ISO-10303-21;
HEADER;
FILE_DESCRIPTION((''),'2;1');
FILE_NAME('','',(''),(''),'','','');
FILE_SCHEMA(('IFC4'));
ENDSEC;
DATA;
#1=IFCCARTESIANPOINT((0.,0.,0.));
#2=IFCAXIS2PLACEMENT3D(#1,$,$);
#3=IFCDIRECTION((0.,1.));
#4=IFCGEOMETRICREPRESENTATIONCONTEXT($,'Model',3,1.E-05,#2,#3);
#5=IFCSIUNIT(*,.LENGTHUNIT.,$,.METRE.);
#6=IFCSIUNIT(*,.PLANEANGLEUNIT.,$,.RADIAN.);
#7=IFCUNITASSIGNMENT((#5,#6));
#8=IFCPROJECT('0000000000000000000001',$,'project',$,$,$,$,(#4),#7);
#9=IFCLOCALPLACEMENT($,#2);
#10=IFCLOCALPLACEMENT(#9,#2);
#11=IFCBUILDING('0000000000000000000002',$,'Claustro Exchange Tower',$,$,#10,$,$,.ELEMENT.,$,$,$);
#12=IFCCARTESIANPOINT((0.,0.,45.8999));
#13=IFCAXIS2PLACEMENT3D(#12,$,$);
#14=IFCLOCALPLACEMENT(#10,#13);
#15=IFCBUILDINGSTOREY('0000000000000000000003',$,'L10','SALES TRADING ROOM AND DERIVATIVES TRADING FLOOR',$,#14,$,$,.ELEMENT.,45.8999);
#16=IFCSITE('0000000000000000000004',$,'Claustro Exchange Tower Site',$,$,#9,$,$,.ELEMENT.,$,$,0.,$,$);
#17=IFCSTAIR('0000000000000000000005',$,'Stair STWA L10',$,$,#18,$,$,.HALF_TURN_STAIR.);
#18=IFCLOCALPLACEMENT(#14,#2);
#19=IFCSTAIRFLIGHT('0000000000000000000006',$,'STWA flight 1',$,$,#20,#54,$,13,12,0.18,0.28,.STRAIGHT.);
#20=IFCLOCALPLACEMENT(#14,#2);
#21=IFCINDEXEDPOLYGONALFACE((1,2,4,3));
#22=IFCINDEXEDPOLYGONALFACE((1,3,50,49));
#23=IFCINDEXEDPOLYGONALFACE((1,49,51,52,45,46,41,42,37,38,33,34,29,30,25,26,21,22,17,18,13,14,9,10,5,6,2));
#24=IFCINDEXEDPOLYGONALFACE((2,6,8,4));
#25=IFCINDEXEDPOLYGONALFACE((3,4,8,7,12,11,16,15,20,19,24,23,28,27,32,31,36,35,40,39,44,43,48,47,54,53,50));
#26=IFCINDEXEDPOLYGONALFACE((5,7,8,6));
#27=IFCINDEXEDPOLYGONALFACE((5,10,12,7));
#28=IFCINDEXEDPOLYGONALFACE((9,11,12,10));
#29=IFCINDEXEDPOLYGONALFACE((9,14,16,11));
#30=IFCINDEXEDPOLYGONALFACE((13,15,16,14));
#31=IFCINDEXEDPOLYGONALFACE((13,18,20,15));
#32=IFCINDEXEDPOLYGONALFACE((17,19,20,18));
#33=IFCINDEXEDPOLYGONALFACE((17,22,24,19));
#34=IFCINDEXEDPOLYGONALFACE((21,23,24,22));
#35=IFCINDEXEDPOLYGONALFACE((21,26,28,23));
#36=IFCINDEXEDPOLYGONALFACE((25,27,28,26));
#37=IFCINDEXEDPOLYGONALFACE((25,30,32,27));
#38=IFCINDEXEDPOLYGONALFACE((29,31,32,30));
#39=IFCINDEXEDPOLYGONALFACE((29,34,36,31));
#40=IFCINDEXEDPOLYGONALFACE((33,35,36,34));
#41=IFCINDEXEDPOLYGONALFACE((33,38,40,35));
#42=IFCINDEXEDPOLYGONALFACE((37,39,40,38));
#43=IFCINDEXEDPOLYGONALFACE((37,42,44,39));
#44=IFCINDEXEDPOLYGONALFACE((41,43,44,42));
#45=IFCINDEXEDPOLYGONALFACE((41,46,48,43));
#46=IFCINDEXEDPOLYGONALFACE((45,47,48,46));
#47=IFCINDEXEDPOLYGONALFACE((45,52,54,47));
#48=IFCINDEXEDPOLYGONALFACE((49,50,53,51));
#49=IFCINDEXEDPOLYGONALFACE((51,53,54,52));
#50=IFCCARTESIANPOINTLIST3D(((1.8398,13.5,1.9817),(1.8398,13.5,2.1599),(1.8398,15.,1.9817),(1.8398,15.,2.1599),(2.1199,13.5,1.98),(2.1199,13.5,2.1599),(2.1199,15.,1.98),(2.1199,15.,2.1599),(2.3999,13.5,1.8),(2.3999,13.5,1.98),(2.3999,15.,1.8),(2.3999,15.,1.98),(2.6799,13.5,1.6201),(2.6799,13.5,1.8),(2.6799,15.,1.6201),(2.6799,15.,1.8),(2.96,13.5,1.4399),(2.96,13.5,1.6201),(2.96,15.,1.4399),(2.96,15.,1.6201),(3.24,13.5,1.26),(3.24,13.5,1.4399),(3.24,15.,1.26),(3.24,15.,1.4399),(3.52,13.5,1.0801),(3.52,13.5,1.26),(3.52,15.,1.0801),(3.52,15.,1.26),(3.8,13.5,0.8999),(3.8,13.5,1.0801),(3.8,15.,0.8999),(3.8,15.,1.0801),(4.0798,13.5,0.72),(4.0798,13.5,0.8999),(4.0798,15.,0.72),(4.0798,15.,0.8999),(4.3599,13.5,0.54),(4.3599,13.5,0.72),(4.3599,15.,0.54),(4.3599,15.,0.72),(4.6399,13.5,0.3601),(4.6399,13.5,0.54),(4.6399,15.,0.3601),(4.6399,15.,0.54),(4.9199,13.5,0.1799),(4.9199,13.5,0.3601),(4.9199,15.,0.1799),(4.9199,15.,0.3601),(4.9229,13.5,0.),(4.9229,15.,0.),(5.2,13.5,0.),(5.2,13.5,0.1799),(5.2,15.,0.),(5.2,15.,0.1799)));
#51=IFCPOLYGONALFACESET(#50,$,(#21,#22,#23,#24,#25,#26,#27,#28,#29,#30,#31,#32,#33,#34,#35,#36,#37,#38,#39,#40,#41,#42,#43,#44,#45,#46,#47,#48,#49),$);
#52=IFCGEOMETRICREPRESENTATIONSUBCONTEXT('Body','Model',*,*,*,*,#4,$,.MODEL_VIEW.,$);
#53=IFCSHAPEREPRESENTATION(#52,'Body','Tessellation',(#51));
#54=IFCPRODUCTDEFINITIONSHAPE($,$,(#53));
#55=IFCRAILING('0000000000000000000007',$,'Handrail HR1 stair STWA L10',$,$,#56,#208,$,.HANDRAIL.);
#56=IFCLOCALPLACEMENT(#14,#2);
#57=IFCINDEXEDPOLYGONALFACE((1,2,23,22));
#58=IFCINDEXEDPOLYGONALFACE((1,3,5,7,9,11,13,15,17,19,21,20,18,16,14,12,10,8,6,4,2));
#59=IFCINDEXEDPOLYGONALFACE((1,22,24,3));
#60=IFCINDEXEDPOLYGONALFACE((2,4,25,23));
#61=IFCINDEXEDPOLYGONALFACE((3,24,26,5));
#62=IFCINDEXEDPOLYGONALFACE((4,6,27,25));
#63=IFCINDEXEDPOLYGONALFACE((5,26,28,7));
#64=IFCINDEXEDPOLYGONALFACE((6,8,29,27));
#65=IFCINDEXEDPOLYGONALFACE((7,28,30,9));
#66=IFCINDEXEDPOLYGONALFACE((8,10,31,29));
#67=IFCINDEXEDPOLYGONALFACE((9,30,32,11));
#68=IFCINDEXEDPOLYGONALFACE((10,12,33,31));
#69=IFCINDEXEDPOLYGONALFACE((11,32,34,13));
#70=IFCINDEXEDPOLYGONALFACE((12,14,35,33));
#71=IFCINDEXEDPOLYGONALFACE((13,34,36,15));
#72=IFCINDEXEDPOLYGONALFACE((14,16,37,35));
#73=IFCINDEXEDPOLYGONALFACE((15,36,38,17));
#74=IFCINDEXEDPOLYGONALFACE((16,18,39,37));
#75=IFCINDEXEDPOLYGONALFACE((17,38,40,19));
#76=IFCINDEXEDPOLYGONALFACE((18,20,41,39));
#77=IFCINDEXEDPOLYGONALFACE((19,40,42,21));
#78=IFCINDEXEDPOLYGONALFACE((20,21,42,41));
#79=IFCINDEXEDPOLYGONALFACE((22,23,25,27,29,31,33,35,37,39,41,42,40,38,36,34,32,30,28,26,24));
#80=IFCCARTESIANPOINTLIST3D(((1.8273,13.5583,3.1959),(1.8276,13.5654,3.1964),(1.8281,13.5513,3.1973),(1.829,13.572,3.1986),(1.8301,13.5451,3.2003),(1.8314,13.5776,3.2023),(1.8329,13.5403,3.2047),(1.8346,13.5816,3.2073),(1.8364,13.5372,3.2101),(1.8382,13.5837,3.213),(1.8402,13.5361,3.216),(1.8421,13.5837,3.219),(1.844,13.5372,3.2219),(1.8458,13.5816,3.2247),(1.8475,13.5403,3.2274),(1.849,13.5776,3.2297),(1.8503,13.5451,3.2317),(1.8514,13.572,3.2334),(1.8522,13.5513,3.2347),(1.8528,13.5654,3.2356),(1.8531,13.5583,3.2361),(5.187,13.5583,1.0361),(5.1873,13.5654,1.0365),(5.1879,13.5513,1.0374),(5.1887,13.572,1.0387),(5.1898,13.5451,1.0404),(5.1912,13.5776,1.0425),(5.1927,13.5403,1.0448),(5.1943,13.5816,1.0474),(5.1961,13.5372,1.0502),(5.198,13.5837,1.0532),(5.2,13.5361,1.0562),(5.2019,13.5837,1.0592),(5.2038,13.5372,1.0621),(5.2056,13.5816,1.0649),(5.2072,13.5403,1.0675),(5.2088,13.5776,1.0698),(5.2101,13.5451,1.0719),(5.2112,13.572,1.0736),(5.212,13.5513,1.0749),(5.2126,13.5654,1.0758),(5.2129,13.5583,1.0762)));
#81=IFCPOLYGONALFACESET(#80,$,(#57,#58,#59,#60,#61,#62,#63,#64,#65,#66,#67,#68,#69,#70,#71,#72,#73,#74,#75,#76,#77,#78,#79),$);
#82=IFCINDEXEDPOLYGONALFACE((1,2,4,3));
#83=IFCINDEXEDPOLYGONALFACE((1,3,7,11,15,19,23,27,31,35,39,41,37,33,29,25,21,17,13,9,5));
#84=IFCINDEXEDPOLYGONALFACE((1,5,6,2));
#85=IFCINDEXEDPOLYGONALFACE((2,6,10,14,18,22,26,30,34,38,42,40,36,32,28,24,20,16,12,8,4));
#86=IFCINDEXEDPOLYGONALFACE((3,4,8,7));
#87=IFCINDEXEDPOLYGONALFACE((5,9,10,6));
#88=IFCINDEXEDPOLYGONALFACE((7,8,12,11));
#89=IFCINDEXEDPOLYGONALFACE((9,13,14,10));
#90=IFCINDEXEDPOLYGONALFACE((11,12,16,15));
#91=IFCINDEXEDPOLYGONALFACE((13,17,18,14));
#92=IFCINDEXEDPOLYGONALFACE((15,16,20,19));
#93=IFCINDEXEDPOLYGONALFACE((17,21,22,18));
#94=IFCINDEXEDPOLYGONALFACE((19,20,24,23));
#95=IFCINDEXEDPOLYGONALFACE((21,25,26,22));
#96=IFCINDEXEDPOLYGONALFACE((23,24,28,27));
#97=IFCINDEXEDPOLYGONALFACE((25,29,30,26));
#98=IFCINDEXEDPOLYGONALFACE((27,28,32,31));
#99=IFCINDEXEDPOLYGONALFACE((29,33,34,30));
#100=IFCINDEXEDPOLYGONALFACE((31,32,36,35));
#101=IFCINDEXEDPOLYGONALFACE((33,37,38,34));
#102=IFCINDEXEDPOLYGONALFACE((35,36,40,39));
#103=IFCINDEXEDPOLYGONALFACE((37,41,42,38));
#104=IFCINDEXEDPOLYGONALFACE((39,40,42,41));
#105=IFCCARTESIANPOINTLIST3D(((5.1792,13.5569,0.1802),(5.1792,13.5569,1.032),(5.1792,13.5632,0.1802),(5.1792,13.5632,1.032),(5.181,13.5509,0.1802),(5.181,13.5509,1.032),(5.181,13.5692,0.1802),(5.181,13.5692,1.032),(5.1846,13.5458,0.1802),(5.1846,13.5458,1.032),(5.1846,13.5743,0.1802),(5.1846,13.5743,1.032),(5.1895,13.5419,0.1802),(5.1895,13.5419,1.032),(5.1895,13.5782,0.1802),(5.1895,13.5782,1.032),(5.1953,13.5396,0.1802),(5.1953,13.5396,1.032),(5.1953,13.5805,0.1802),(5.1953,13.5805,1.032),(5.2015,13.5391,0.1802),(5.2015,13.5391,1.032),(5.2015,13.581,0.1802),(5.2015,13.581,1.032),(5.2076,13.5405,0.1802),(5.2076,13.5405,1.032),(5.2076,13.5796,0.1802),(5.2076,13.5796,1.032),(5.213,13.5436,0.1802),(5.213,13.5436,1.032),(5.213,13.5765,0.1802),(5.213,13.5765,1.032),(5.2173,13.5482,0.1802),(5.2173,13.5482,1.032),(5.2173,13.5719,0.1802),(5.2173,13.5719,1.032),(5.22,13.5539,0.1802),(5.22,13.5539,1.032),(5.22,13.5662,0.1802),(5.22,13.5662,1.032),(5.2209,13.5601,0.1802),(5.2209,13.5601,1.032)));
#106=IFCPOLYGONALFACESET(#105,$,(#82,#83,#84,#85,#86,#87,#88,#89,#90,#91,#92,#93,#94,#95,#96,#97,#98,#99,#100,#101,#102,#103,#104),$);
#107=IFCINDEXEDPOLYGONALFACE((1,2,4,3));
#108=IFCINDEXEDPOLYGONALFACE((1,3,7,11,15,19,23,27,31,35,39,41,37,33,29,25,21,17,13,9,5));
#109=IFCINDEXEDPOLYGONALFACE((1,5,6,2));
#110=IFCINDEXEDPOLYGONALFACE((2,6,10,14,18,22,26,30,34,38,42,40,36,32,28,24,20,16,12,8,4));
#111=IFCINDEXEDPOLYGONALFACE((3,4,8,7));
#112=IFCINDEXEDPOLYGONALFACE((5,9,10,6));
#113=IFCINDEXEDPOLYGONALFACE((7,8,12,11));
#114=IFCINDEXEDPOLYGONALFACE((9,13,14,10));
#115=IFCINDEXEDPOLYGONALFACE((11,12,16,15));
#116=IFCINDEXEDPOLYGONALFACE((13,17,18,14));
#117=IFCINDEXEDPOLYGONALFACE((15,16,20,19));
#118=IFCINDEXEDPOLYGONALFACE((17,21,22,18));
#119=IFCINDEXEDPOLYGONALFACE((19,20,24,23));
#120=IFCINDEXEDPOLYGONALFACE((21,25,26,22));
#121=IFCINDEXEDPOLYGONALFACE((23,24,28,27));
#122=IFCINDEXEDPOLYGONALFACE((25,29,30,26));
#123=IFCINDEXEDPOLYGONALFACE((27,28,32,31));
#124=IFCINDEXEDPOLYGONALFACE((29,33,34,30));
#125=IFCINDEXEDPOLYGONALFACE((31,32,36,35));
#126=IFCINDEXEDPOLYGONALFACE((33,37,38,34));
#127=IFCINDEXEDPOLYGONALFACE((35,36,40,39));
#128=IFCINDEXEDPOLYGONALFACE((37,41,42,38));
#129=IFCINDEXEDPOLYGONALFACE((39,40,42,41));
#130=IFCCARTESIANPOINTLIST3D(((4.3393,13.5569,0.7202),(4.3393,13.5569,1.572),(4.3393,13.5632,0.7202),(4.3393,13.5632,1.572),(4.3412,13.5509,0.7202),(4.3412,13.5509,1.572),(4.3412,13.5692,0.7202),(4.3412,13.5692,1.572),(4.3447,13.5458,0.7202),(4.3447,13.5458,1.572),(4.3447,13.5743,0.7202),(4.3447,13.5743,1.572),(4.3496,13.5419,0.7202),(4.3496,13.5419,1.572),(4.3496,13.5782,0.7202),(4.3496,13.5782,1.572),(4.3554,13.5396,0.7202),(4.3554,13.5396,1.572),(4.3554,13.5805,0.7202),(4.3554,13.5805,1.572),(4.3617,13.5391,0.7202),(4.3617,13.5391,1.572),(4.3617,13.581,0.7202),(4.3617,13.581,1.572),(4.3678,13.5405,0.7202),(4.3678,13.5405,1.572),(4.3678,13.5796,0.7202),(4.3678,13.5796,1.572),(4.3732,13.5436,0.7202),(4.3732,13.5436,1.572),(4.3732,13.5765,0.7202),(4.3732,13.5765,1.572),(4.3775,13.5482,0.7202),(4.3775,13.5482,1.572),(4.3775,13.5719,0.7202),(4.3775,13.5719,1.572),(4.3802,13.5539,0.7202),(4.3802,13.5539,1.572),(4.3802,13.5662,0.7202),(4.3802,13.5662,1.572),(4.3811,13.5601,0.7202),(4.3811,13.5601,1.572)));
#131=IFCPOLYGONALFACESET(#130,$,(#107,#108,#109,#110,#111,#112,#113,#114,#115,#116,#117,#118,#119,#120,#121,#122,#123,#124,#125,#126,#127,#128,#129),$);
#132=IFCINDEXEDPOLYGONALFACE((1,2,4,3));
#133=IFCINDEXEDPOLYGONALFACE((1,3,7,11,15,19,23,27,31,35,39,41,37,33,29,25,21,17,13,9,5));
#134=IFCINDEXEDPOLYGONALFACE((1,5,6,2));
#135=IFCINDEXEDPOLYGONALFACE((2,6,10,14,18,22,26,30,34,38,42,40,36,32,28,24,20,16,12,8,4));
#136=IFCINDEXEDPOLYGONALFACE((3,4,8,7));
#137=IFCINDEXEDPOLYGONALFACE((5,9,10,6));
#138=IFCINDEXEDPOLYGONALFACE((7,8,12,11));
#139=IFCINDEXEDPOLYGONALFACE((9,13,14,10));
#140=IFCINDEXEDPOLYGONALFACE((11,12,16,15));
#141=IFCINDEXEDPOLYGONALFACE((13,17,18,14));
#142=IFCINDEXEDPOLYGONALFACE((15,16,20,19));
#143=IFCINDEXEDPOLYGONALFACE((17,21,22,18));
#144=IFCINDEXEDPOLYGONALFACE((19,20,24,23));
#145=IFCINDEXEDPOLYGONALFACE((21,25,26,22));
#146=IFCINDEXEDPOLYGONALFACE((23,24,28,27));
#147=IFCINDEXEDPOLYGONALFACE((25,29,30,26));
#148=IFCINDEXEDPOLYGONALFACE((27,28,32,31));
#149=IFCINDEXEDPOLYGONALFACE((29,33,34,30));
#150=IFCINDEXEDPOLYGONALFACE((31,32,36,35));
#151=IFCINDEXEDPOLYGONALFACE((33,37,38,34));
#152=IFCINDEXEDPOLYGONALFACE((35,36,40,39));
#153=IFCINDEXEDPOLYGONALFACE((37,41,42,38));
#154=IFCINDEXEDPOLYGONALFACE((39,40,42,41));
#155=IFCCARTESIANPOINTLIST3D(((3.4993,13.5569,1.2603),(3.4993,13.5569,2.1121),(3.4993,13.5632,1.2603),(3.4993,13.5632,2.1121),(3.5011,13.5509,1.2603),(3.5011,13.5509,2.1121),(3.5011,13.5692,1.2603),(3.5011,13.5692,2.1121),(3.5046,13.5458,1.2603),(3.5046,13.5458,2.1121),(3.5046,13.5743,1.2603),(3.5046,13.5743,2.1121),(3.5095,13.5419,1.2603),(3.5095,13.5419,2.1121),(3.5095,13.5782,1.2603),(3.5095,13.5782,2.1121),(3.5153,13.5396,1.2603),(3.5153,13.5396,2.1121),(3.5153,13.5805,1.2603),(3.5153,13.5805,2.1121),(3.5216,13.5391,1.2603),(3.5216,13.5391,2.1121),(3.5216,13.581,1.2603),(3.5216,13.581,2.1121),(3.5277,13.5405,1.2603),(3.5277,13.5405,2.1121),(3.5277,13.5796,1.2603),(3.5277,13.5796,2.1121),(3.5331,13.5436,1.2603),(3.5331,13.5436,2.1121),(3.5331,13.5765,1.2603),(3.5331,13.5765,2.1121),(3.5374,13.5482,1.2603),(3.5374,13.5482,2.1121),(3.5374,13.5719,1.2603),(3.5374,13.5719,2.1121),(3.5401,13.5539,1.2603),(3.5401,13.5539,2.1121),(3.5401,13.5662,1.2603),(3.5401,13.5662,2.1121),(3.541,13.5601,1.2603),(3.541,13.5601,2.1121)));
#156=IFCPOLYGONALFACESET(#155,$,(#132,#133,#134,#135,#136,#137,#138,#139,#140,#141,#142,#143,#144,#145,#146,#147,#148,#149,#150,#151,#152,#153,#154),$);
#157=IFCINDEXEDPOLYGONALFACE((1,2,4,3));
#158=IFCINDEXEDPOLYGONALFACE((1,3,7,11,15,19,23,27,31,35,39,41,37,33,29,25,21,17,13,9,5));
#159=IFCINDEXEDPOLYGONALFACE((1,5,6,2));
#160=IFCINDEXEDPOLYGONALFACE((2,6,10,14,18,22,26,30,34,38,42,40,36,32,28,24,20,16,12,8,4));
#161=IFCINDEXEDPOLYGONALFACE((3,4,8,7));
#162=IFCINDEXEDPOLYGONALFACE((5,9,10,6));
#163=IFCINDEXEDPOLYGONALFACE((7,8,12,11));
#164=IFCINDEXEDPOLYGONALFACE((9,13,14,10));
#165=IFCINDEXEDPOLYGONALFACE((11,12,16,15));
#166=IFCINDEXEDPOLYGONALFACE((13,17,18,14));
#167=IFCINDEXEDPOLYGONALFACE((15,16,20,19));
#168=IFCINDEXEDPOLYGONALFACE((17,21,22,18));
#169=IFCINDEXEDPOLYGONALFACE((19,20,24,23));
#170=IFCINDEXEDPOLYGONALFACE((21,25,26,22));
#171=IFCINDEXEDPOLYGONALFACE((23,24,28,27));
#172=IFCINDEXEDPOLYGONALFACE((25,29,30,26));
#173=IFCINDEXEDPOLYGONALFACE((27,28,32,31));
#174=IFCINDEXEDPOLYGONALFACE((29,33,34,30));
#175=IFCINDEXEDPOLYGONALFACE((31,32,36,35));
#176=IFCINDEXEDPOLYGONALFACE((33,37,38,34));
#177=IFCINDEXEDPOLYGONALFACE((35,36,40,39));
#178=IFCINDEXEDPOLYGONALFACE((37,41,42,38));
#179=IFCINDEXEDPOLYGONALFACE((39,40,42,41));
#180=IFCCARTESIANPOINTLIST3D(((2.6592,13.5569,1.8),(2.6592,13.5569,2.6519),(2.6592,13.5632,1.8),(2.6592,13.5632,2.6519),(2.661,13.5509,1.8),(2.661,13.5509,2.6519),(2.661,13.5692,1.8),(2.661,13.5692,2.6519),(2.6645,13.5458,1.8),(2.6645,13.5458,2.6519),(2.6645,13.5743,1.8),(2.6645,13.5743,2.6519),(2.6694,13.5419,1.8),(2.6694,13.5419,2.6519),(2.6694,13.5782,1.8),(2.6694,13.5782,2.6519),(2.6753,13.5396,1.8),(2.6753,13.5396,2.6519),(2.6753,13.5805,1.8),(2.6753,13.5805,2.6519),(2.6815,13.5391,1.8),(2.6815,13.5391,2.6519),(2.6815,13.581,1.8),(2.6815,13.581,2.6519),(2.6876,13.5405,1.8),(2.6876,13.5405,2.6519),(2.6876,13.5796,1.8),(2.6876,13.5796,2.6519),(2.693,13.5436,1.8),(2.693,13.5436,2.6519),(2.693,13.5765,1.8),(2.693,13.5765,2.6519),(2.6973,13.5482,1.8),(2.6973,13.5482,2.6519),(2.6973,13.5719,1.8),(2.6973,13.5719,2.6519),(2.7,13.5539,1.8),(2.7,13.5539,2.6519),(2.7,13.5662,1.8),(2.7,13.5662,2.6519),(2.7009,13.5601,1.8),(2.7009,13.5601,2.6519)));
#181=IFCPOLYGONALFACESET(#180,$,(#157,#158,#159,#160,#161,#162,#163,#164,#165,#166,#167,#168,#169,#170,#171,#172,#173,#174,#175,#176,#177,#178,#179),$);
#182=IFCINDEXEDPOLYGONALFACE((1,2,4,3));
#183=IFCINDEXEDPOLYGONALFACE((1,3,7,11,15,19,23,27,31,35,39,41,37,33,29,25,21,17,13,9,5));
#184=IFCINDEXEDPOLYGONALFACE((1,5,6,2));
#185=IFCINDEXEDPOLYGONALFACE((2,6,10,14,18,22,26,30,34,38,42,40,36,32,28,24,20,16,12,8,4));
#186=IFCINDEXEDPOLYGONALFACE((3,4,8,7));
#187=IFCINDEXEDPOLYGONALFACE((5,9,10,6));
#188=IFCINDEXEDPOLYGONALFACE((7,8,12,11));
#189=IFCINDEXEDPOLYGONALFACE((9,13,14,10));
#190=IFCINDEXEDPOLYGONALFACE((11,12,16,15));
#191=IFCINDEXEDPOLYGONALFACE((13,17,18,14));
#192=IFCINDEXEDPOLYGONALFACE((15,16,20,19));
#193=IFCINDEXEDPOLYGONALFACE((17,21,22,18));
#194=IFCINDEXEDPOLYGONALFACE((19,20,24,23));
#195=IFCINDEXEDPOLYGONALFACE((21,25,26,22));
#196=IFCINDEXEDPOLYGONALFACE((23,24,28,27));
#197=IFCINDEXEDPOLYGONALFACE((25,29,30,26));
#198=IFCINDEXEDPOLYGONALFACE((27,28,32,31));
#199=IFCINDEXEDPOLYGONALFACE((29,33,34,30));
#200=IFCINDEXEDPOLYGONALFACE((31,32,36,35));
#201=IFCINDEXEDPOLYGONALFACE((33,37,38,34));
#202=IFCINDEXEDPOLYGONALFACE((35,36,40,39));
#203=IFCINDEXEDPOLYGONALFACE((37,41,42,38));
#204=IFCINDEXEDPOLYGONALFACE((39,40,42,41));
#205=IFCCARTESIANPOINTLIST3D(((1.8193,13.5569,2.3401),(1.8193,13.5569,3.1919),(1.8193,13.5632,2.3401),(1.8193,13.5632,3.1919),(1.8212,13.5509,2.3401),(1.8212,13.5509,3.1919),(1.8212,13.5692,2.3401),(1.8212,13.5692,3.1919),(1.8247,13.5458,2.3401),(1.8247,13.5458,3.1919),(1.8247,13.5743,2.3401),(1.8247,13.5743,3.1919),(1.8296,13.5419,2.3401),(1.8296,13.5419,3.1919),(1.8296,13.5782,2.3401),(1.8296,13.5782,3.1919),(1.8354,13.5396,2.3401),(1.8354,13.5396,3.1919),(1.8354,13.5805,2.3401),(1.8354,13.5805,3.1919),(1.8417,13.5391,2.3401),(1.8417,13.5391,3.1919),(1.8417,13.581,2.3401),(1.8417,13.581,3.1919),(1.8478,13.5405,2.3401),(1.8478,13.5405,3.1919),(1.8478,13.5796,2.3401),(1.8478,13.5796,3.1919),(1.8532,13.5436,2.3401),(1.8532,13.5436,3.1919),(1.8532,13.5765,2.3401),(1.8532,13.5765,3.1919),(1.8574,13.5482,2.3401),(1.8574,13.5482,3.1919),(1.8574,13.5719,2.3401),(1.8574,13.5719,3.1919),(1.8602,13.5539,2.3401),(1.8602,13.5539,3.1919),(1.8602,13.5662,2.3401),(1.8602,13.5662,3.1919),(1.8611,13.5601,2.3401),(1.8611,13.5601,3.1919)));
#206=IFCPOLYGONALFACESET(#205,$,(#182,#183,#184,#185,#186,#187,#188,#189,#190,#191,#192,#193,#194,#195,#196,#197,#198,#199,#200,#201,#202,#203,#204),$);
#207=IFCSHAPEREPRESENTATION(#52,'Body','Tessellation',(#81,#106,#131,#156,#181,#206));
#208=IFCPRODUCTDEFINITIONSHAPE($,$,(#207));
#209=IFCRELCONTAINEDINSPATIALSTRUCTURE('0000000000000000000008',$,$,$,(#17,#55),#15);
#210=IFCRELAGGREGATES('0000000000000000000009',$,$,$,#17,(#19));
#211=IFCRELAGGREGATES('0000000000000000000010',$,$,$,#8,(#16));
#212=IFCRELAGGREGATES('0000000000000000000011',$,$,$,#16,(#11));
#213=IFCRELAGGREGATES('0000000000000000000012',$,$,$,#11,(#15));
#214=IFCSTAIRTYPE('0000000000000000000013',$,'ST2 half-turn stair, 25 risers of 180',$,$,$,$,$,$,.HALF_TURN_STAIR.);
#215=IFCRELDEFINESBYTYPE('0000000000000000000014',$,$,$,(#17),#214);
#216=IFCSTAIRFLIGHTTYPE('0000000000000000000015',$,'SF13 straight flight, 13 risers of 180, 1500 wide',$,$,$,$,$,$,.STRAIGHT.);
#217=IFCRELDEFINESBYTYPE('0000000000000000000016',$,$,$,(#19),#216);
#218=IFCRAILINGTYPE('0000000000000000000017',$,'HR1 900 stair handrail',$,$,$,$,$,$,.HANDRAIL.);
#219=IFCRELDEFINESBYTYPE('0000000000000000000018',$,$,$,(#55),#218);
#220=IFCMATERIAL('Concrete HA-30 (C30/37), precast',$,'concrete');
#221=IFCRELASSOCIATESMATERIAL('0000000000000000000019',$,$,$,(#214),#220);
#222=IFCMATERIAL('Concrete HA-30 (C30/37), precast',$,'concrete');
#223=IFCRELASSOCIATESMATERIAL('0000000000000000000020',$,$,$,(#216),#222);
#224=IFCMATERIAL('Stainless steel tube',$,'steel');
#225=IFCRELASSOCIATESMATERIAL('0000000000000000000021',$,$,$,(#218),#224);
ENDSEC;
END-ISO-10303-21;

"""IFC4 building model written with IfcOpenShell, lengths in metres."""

from ifc_helpers import new_model, si_unit, direction, frame, origin, origin_2d, place, context, subcontext, project, spatial, polyline, circle, outline, extrude, material, type_object, element, aggregate, save


model = new_model("IFC4")

# Units and contexts
model_context = context("Model", 3, precision=1e-05, world=origin(), true_north=direction((0.0, 1.0)))
body_context = subcontext(model_context, "Body", "Model", "MODEL_VIEW")
ifc_project = project(units=[si_unit("LENGTHUNIT", "METRE"), si_unit("PLANEANGLEUNIT", "RADIAN")], contexts=[model_context])

# Site, building, storey
site_placement = place(None, origin())
site = spatial("IfcSite", under=ifc_project, at=site_placement, Name="Claustro Exchange Tower Site", CompositionType="ELEMENT", RefElevation=0.0)
building_placement = place(site_placement, origin())
building = spatial("IfcBuilding", under=site, at=building_placement, Name="Claustro Exchange Tower", CompositionType="ELEMENT")
storey_placement = place(building_placement, frame((0.0, 0.0, 45.8999)))
storey = spatial("IfcBuildingStorey", under=building, at=storey_placement, Name="L10", Description="SALES TRADING ROOM AND DERIVATIVES TRADING FLOOR", CompositionType="ELEMENT", Elevation=45.8999)

# Stair, stair flight
ifc_material_1 = material(Name="Concrete HA-30 (C30/37), precast", Category="concrete")
stair_type = type_object("IfcStairType", Name="ST2 half-turn stair, 25 risers of 180", PredefinedType="HALF_TURN_STAIR", material=ifc_material_1)
stair_placement = place(storey_placement, origin())
stair = element("IfcStair", 1, at=stair_placement, inside=storey, type_object=stair_type, Name="Stair STWA L10", PredefinedType="HALF_TURN_STAIR")
ifc_material_2 = material(Name="Concrete HA-30 (C30/37), precast", Category="concrete")
stair_flight_type = type_object("IfcStairFlightType", Name="SF13 straight flight, 13 risers of 180, 1500 wide", PredefinedType="STRAIGHT", material=ifc_material_2)
stair_flight_placement = place(storey_placement, frame((5.2, 14.25, 0.0), z_axis=(0.0, 0.0, 1.0), x_axis=(-1.0, 0.0, 0.0)))
stair_flight = element("IfcStairFlight", 2, at=stair_flight_placement, type_object=stair_flight_type, Name="STWA flight 1", NumberOfRisers=13, NumberOfTreads=12, PredefinedType="STRAIGHT", RiserHeight=0.18, TreadLength=0.28, context=body_context, shape_type="SweptSolid", body=[
    extrude(outline(polyline([(0.0, 0.0), (0.0, 0.1799), (0.28, 0.1799), (0.28, 0.3601), (0.5601, 0.3601), (0.5601, 0.54), (0.8401, 0.54), (0.8401, 0.72), (1.1201, 0.72), (1.1201, 0.8999), (1.3999, 0.8999), (1.3999, 1.0801), (1.6799, 1.0801), (1.6799, 1.26), (1.96, 1.26), (1.96, 1.4399), (2.24, 1.4399), (2.24, 1.6201), (2.52, 1.6201), (2.52, 1.8), (2.8, 1.8), (2.8, 1.98), (3.0801, 1.98), (3.0801, 2.1599), (3.3601, 2.1599), (3.3601, 2.3401), (3.3601, 1.9817), (0.2771, 0.0), (0.0, 0.0)])), frame((0.0, 0.75, 0.0), z_axis=(0.0, -1.0, 0.0), x_axis=(1.0, 0.0, 0.0)), (0.0, 0.0, 1.0), 1.5),
])
aggregate(stair, [stair_flight])

# Railing
ifc_material_3 = material(Name="Stainless steel tube", Category="steel")
railing_type = type_object("IfcRailingType", Name="HR1 900 stair handrail", PredefinedType="HANDRAIL", material=ifc_material_3)
railing_placement = place(storey_placement, frame((5.2, 13.5601, 0.1802)))
element("IfcRailing", 3, at=railing_placement, inside=storey, type_object=railing_type, Name="Handrail HR1 stair STWA L10", PredefinedType="HANDRAIL", context=body_context, shape_type="SweptSolid", body=[
    extrude(circle(Radius=0.0239, at=origin_2d()), frame((0.0, 0.0, 0.876), z_axis=(-0.841178, 0.0, 0.540758), x_axis=(0.0, -1.0, 0.0)), (0.0, 0.0, 1.0), 3.9941),
    extrude(circle(Radius=0.021, at=origin_2d()), origin(), (0.0, 0.0, 1.0), 0.8518),
    extrude(circle(Radius=0.021, at=origin_2d()), frame((-0.8398, 0.0, 0.54)), (0.0, 0.0, 1.0), 0.8518),
    extrude(circle(Radius=0.021, at=origin_2d()), frame((-1.6799, 0.0, 1.0801)), (0.0, 0.0, 1.0), 0.8518),
    extrude(circle(Radius=0.021, at=origin_2d()), frame((-2.52, 0.0, 1.6199)), (0.0, 0.0, 1.0), 0.8518),
    extrude(circle(Radius=0.021, at=origin_2d()), frame((-3.3599, 0.0, 2.1599)), (0.0, 0.0, 1.0), 0.8518),
])

save(model, "model.ifc")
